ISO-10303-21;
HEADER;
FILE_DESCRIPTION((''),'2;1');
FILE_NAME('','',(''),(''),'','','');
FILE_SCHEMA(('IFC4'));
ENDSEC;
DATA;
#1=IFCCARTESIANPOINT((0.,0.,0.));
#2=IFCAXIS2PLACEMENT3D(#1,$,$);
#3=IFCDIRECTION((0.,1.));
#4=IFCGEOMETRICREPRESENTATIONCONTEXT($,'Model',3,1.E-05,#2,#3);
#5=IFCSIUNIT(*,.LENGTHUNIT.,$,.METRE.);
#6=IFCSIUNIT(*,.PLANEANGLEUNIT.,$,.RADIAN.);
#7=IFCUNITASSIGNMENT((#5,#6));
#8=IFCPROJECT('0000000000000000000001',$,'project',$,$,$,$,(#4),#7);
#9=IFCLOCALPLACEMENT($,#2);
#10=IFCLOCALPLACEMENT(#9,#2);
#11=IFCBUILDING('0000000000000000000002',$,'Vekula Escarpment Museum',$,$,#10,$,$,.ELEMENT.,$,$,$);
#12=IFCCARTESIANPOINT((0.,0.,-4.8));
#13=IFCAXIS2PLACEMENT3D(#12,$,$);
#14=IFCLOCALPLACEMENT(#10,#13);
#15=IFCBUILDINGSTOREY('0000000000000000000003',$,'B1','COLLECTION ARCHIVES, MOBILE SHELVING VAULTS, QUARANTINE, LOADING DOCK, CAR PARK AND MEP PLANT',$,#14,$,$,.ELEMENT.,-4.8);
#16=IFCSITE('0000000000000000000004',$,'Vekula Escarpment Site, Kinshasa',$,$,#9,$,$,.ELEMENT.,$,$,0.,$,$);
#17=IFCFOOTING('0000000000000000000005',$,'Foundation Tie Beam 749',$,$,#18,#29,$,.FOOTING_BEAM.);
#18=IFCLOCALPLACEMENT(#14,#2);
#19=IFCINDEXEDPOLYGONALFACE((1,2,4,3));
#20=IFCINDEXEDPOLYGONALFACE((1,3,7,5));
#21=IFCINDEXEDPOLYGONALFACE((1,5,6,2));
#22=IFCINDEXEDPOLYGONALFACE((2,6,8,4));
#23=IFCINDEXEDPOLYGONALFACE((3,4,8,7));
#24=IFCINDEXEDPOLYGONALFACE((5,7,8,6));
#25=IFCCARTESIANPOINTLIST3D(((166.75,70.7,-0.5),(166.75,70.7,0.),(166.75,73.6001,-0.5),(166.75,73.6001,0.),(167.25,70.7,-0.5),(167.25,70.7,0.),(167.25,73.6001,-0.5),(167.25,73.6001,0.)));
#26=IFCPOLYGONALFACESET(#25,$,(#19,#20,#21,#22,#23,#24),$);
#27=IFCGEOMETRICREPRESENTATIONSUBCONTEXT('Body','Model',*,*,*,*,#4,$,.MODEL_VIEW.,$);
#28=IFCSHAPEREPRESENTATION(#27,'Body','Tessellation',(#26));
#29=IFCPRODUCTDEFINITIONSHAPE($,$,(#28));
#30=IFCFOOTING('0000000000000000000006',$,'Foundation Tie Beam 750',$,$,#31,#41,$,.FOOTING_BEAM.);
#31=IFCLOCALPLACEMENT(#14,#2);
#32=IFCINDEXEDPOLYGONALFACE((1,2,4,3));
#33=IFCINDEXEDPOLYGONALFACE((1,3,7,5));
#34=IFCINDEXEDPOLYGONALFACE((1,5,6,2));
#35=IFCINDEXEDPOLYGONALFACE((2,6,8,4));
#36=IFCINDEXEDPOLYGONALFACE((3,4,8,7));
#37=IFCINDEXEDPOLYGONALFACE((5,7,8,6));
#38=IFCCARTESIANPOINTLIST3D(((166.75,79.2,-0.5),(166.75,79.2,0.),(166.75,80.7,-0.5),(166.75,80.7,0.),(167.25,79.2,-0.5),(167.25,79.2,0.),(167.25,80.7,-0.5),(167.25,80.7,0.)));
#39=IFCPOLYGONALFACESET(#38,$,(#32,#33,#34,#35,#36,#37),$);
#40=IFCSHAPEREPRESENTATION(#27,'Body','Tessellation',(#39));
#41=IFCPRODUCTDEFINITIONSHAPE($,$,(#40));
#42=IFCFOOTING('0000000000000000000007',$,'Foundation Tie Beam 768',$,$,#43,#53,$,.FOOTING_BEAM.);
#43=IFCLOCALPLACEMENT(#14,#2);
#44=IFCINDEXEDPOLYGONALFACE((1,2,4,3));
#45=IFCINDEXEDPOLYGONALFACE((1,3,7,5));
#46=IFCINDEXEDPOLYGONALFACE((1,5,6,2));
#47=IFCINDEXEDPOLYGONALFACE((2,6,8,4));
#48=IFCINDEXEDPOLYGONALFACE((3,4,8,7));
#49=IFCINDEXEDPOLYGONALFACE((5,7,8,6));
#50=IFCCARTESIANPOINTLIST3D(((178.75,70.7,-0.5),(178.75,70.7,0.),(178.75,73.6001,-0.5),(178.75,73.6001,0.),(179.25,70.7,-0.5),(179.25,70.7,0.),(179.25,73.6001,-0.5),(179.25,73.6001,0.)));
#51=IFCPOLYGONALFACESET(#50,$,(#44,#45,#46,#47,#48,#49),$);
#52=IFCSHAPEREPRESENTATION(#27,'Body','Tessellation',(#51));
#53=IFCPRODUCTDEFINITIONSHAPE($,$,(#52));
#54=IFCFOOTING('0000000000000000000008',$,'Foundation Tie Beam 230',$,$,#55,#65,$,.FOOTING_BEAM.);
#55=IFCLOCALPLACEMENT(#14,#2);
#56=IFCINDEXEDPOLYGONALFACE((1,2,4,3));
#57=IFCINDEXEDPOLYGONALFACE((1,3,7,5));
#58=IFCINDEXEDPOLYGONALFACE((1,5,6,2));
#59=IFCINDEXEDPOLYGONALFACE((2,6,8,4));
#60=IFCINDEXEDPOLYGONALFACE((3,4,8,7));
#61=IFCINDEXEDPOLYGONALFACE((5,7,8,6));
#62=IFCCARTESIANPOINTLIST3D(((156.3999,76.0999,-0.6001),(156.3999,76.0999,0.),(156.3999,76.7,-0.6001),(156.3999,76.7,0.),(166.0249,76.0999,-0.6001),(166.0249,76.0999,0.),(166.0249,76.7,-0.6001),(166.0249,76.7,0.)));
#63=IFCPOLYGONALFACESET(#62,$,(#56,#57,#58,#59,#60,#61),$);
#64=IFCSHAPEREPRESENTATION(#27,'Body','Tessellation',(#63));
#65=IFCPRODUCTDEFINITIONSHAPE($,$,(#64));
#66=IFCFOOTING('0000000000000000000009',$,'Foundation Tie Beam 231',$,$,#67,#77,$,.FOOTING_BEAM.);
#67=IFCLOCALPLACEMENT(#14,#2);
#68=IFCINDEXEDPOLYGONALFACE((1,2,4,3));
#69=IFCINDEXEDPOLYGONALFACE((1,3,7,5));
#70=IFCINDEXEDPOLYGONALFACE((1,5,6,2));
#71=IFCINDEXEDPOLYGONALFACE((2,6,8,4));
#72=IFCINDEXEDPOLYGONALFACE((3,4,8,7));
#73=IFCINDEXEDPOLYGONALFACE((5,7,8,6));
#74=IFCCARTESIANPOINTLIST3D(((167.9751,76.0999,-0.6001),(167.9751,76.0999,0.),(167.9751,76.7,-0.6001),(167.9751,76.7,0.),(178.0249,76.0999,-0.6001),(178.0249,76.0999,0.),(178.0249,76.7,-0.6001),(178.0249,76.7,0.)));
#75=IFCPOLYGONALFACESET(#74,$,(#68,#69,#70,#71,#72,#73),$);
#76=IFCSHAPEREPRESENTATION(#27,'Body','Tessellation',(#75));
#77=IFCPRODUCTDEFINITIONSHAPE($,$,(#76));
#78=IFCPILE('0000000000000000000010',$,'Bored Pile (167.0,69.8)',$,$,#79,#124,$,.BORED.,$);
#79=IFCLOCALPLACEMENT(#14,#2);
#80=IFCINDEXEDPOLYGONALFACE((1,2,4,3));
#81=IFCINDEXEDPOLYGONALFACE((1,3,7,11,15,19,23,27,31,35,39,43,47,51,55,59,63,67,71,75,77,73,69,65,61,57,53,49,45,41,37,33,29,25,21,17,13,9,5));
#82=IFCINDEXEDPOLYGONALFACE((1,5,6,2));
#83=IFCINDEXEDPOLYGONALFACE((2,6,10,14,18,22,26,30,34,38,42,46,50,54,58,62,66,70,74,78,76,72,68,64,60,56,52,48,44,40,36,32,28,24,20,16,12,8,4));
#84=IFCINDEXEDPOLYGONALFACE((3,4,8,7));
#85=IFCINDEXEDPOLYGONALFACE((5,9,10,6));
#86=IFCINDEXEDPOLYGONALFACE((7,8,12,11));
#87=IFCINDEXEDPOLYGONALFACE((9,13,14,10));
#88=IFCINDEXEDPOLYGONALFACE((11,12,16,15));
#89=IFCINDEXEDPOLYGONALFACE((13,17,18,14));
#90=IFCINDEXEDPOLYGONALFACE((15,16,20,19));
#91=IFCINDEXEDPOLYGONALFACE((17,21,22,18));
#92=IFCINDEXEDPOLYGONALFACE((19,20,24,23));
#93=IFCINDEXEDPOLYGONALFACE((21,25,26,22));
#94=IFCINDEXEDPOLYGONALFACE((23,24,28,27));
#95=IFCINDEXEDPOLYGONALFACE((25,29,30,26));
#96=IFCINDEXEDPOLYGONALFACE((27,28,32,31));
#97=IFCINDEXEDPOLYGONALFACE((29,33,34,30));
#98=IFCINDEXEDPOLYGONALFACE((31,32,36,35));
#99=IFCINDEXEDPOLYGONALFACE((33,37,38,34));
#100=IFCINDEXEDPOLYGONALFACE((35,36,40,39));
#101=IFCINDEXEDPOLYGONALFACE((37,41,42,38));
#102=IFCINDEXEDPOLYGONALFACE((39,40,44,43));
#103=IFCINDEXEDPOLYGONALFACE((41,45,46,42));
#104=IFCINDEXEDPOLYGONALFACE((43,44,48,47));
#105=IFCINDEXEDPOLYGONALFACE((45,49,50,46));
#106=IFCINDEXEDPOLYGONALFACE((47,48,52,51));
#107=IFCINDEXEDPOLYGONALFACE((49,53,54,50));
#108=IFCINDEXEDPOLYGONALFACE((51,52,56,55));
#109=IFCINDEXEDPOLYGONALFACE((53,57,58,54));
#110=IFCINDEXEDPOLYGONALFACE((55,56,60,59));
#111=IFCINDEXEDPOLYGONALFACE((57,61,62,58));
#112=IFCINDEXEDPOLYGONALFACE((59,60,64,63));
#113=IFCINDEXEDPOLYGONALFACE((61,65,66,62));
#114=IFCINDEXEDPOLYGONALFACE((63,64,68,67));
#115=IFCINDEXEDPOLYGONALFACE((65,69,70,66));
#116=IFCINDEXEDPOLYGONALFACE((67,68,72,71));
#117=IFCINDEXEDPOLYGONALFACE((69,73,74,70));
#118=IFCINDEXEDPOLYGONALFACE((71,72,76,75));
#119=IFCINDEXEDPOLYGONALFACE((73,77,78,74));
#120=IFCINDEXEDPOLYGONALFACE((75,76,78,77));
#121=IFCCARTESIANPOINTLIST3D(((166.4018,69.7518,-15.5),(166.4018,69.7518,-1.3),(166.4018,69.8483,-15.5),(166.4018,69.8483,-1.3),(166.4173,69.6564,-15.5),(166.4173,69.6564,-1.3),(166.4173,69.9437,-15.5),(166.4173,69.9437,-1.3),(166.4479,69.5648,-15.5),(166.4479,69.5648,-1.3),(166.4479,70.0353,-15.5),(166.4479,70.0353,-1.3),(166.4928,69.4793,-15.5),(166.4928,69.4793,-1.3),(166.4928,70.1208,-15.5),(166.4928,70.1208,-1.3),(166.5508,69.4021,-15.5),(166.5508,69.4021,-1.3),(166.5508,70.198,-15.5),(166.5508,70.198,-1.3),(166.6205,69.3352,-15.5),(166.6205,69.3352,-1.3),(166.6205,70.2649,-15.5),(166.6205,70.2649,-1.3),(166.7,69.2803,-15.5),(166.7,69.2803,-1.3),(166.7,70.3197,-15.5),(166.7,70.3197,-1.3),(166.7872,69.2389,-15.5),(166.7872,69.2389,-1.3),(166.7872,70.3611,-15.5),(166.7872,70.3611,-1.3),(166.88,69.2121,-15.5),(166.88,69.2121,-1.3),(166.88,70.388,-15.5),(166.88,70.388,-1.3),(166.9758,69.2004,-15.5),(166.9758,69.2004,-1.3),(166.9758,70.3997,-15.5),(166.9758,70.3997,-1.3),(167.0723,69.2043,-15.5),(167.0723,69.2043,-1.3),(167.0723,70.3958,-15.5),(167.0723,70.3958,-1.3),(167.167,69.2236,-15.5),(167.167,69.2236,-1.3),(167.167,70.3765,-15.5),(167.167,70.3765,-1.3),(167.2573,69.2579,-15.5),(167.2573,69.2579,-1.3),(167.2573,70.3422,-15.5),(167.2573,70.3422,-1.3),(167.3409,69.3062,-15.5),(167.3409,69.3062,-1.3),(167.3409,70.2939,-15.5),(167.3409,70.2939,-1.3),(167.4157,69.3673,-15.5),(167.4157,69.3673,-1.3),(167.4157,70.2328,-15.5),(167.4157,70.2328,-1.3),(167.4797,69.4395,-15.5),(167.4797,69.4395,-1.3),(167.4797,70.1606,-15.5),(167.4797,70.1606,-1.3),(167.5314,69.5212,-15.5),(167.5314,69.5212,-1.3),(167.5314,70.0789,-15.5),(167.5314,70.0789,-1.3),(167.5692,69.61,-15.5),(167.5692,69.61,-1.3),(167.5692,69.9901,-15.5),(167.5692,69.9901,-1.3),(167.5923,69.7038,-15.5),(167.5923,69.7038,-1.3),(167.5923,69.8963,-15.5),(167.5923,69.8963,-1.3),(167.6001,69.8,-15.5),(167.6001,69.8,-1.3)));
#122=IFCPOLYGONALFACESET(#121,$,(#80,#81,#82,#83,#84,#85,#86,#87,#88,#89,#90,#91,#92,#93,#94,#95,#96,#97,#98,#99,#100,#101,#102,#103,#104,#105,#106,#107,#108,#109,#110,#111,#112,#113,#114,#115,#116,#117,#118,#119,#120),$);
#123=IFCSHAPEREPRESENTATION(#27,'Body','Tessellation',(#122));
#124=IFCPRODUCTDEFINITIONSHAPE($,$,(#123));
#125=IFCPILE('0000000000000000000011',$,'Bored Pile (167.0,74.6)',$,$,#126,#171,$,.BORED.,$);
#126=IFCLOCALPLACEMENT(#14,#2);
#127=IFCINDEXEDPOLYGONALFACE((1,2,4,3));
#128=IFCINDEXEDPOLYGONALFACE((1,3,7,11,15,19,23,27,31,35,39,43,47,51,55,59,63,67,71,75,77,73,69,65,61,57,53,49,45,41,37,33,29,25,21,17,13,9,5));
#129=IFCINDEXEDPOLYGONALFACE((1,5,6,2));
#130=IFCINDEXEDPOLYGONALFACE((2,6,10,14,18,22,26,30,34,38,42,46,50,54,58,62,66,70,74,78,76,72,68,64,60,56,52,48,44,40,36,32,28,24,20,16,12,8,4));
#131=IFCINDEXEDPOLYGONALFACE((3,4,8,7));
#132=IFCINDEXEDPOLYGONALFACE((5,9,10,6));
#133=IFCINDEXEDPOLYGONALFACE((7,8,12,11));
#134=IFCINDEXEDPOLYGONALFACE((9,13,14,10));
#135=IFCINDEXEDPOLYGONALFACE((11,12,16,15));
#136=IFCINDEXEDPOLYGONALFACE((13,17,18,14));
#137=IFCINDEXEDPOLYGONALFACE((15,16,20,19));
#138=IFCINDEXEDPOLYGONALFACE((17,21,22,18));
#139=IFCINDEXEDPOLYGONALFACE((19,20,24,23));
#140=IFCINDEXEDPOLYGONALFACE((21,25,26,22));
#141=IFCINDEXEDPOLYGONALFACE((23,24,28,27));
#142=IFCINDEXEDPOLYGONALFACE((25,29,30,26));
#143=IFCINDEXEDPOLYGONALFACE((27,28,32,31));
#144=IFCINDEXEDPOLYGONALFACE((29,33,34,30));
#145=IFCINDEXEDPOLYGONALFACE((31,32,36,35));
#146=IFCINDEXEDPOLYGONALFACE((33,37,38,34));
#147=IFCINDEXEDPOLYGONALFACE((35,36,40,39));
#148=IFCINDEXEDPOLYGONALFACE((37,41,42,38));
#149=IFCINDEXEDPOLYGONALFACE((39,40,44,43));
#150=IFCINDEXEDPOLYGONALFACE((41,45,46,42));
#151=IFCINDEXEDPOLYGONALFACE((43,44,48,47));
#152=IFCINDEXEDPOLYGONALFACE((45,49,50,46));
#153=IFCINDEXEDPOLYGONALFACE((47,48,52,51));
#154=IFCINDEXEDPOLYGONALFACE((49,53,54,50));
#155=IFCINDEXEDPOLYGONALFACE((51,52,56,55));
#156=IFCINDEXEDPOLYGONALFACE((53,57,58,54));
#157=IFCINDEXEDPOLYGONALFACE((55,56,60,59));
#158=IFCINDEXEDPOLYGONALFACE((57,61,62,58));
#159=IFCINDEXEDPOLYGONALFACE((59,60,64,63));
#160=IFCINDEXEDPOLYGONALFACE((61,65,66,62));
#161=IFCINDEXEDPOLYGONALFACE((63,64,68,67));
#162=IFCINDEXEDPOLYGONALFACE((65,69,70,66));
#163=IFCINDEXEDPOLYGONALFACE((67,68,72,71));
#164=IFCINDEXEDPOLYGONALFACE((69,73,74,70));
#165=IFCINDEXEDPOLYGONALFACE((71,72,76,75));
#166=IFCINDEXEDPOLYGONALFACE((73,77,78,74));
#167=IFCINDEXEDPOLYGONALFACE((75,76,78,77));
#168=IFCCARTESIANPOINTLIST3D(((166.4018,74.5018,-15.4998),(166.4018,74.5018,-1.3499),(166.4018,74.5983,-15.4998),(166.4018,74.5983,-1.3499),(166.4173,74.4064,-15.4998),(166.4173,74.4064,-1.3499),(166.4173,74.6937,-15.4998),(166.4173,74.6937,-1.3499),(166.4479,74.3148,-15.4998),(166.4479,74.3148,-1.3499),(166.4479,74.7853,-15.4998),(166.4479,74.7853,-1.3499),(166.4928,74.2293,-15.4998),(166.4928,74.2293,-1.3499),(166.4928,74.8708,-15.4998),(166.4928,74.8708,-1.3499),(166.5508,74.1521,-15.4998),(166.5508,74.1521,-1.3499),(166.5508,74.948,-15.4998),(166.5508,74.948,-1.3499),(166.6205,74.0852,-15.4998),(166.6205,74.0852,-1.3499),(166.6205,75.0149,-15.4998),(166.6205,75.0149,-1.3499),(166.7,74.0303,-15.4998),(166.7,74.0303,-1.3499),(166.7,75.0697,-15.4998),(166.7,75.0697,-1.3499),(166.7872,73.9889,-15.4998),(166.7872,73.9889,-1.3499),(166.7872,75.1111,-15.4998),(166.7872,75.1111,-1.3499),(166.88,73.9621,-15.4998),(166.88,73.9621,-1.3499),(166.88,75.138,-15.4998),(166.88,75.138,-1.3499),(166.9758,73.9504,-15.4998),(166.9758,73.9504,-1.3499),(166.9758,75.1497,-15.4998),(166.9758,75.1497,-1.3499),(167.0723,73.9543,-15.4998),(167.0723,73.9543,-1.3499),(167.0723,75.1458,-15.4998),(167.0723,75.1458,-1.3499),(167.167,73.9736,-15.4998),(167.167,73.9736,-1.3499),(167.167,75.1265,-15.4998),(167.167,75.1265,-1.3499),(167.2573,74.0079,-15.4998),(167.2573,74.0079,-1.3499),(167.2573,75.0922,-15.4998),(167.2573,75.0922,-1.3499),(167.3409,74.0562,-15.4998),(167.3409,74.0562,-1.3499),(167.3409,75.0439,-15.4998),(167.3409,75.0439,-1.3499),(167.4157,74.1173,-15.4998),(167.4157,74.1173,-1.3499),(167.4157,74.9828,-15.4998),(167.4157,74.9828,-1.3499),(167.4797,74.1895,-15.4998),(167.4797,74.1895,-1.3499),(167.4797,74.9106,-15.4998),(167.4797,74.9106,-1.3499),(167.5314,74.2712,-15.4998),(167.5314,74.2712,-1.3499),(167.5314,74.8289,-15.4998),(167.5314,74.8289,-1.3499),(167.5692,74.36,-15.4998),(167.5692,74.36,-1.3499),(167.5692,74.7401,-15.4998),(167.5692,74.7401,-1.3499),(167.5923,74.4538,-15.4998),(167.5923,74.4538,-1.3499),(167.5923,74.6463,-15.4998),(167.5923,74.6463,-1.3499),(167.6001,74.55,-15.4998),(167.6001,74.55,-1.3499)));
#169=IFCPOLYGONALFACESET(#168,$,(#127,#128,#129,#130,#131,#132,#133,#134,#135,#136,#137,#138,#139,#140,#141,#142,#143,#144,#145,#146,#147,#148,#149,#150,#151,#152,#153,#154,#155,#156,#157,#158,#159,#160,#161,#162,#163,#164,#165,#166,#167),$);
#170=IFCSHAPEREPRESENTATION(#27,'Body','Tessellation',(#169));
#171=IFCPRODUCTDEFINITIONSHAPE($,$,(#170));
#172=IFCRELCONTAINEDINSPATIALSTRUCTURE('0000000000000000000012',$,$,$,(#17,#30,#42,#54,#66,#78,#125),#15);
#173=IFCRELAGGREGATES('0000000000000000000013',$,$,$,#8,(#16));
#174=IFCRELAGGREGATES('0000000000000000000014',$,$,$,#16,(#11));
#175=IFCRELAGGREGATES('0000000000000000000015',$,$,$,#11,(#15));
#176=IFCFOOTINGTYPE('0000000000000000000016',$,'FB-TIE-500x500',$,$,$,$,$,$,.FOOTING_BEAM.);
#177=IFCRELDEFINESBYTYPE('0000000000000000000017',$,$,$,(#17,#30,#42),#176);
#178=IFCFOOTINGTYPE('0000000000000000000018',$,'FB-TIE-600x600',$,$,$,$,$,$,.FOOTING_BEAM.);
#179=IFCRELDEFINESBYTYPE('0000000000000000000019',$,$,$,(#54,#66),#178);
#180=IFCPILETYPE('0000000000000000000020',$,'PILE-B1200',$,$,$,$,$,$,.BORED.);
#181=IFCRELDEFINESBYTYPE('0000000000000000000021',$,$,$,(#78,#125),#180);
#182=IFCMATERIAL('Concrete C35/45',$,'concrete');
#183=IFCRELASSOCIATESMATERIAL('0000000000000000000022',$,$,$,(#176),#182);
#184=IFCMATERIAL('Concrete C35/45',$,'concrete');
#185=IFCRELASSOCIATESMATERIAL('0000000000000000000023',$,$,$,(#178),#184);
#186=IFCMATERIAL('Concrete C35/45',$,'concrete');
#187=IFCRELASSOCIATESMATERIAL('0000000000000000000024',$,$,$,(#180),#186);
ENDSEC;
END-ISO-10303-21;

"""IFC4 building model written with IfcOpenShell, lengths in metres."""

from ifc_helpers import new_model, si_unit, direction, frame, origin, origin_2d, place, context, subcontext, project, spatial, rectangle, circle, extrude, material, material_profile, profile_set, type_object, element, save


model = new_model("IFC4")

# Units and contexts
model_context = context("Model", 3, precision=1e-05, world=origin(), true_north=direction((0.0, 1.0)))
body_context = subcontext(model_context, "Body", "Model", "MODEL_VIEW")
ifc_project = project(units=[si_unit("LENGTHUNIT", "METRE"), si_unit("PLANEANGLEUNIT", "RADIAN")], contexts=[model_context])

# Site, building, storey
site_placement = place(None, origin())
site = spatial("IfcSite", under=ifc_project, at=site_placement, Name="Vekula Escarpment Site, Kinshasa", CompositionType="ELEMENT", RefElevation=0.0)
building_placement = place(site_placement, origin())
building = spatial("IfcBuilding", under=site, at=building_placement, Name="Vekula Escarpment Museum", CompositionType="ELEMENT")
storey_placement = place(building_placement, frame((0.0, 0.0, -4.8)))
storey = spatial("IfcBuildingStorey", under=building, at=storey_placement, Name="B1", Description="COLLECTION ARCHIVES, MOBILE SHELVING VAULTS, QUARANTINE, LOADING DOCK, CAR PARK AND MEP PLANT", CompositionType="ELEMENT", Elevation=-4.8)

# Footings
ifc_material_1 = material(Name="Concrete C35/45", Category="concrete")
ifc_material_profile_1 = material_profile(ifc_material_1, rectangle(XDim=0.5, YDim=0.5, at=origin_2d()), Name="RC 500x500")
ifc_profile_set_1 = profile_set([ifc_material_profile_1], Name="Concrete C35/45")
footing_type_1 = type_object("IfcFootingType", Name="FB-TIE-500x500", PredefinedType="FOOTING_BEAM", material=ifc_profile_set_1)
footing_1_placement = place(storey_placement, frame((167.0, 70.7, -0.25), z_axis=(0.0, 1.0, 0.0), x_axis=(-1.0, 0.0, 0.0)))
element("IfcFooting", 1, at=footing_1_placement, inside=storey, type_object=footing_type_1, Name="Foundation Tie Beam 749", PredefinedType="FOOTING_BEAM", context=body_context, shape_type="SweptSolid", body=[
    extrude(rectangle(XDim=0.5, YDim=0.5, at=origin_2d()), origin(), (0.0, 0.0, 1.0), 2.9001),
])
footing_2_placement = place(storey_placement, frame((167.0, 79.2, -0.25), z_axis=(0.0, 1.0, 0.0), x_axis=(-1.0, 0.0, 0.0)))
element("IfcFooting", 2, at=footing_2_placement, inside=storey, type_object=footing_type_1, Name="Foundation Tie Beam 750", PredefinedType="FOOTING_BEAM", context=body_context, shape_type="SweptSolid", body=[
    extrude(rectangle(XDim=0.5, YDim=0.5, at=origin_2d()), origin(), (0.0, 0.0, 1.0), 1.5),
])
footing_3_placement = place(storey_placement, frame((179.0, 70.7, -0.25), z_axis=(0.0, 1.0, 0.0), x_axis=(-1.0, 0.0, 0.0)))
element("IfcFooting", 3, at=footing_3_placement, inside=storey, type_object=footing_type_1, Name="Foundation Tie Beam 768", PredefinedType="FOOTING_BEAM", context=body_context, shape_type="SweptSolid", body=[
    extrude(rectangle(XDim=0.5, YDim=0.5, at=origin_2d()), origin(), (0.0, 0.0, 1.0), 2.9001),
])
ifc_material_2 = material(Name="Concrete C35/45", Category="concrete")
ifc_material_profile_2 = material_profile(ifc_material_2, rectangle(XDim=0.6001, YDim=0.6001, at=origin_2d()), Name="RC 600x600")
ifc_profile_set_2 = profile_set([ifc_material_profile_2], Name="Concrete C35/45")
footing_type_2 = type_object("IfcFootingType", Name="FB-TIE-600x600", PredefinedType="FOOTING_BEAM", material=ifc_profile_set_2)
footing_4_placement = place(storey_placement, frame((156.3999, 76.3999, -0.3), z_axis=(1.0, 0.0, 0.0), x_axis=(0.0, 1.0, 0.0)))
element("IfcFooting", 4, at=footing_4_placement, inside=storey, type_object=footing_type_2, Name="Foundation Tie Beam 230", PredefinedType="FOOTING_BEAM", context=body_context, shape_type="SweptSolid", body=[
    extrude(rectangle(XDim=0.6001, YDim=0.6001, at=origin_2d()), origin(), (0.0, 0.0, 1.0), 9.625),
])
footing_5_placement = place(storey_placement, frame((167.9751, 76.3999, -0.3), z_axis=(1.0, 0.0, 0.0), x_axis=(0.0, 1.0, 0.0)))
element("IfcFooting", 5, at=footing_5_placement, inside=storey, type_object=footing_type_2, Name="Foundation Tie Beam 231", PredefinedType="FOOTING_BEAM", context=body_context, shape_type="SweptSolid", body=[
    extrude(rectangle(XDim=0.6001, YDim=0.6001, at=origin_2d()), origin(), (0.0, 0.0, 1.0), 10.0498),
])

# Piles
ifc_material_3 = material(Name="Concrete C35/45", Category="concrete")
ifc_material_profile_3 = material_profile(ifc_material_3, circle(Radius=0.6001, at=origin_2d()), Name="BORED PILE 1200")
ifc_profile_set_3 = profile_set([ifc_material_profile_3], Name="Concrete C35/45")
pile_type = type_object("IfcPileType", Name="PILE-B1200", PredefinedType="BORED", material=ifc_profile_set_3)
pile_1_placement = place(storey_placement, frame((167.0, 69.8, -1.3), z_axis=(0.0, 0.0, -1.0), x_axis=(1.0, 0.0, 0.0)))
element("IfcPile", 6, at=pile_1_placement, inside=storey, type_object=pile_type, Name="Bored Pile (167.0,69.8)", PredefinedType="BORED", context=body_context, shape_type="SweptSolid", body=[
    extrude(circle(Radius=0.6001, at=origin_2d()), origin(), (0.0, 0.0, 1.0), 14.2),
])
for number, where, z_axis, x_axis, name in (
    (7, (167.0, 74.55, -1.3499), (0.0, 0.0, -1.0), (1.0, 0.0, 0.0), "Bored Pile (167.0,74.6)"),
):
    element("IfcPile", number, at=place(storey_placement, frame(where, z_axis=z_axis, x_axis=x_axis)), inside=storey, type_object=pile_type, Name=name, PredefinedType="BORED", context=body_context, shape_type="SweptSolid", body=[
        extrude(circle(Radius=0.6001, at=origin_2d()), origin(), (0.0, 0.0, 1.0), 14.1499),
    ])

save(model, "model.ifc")
